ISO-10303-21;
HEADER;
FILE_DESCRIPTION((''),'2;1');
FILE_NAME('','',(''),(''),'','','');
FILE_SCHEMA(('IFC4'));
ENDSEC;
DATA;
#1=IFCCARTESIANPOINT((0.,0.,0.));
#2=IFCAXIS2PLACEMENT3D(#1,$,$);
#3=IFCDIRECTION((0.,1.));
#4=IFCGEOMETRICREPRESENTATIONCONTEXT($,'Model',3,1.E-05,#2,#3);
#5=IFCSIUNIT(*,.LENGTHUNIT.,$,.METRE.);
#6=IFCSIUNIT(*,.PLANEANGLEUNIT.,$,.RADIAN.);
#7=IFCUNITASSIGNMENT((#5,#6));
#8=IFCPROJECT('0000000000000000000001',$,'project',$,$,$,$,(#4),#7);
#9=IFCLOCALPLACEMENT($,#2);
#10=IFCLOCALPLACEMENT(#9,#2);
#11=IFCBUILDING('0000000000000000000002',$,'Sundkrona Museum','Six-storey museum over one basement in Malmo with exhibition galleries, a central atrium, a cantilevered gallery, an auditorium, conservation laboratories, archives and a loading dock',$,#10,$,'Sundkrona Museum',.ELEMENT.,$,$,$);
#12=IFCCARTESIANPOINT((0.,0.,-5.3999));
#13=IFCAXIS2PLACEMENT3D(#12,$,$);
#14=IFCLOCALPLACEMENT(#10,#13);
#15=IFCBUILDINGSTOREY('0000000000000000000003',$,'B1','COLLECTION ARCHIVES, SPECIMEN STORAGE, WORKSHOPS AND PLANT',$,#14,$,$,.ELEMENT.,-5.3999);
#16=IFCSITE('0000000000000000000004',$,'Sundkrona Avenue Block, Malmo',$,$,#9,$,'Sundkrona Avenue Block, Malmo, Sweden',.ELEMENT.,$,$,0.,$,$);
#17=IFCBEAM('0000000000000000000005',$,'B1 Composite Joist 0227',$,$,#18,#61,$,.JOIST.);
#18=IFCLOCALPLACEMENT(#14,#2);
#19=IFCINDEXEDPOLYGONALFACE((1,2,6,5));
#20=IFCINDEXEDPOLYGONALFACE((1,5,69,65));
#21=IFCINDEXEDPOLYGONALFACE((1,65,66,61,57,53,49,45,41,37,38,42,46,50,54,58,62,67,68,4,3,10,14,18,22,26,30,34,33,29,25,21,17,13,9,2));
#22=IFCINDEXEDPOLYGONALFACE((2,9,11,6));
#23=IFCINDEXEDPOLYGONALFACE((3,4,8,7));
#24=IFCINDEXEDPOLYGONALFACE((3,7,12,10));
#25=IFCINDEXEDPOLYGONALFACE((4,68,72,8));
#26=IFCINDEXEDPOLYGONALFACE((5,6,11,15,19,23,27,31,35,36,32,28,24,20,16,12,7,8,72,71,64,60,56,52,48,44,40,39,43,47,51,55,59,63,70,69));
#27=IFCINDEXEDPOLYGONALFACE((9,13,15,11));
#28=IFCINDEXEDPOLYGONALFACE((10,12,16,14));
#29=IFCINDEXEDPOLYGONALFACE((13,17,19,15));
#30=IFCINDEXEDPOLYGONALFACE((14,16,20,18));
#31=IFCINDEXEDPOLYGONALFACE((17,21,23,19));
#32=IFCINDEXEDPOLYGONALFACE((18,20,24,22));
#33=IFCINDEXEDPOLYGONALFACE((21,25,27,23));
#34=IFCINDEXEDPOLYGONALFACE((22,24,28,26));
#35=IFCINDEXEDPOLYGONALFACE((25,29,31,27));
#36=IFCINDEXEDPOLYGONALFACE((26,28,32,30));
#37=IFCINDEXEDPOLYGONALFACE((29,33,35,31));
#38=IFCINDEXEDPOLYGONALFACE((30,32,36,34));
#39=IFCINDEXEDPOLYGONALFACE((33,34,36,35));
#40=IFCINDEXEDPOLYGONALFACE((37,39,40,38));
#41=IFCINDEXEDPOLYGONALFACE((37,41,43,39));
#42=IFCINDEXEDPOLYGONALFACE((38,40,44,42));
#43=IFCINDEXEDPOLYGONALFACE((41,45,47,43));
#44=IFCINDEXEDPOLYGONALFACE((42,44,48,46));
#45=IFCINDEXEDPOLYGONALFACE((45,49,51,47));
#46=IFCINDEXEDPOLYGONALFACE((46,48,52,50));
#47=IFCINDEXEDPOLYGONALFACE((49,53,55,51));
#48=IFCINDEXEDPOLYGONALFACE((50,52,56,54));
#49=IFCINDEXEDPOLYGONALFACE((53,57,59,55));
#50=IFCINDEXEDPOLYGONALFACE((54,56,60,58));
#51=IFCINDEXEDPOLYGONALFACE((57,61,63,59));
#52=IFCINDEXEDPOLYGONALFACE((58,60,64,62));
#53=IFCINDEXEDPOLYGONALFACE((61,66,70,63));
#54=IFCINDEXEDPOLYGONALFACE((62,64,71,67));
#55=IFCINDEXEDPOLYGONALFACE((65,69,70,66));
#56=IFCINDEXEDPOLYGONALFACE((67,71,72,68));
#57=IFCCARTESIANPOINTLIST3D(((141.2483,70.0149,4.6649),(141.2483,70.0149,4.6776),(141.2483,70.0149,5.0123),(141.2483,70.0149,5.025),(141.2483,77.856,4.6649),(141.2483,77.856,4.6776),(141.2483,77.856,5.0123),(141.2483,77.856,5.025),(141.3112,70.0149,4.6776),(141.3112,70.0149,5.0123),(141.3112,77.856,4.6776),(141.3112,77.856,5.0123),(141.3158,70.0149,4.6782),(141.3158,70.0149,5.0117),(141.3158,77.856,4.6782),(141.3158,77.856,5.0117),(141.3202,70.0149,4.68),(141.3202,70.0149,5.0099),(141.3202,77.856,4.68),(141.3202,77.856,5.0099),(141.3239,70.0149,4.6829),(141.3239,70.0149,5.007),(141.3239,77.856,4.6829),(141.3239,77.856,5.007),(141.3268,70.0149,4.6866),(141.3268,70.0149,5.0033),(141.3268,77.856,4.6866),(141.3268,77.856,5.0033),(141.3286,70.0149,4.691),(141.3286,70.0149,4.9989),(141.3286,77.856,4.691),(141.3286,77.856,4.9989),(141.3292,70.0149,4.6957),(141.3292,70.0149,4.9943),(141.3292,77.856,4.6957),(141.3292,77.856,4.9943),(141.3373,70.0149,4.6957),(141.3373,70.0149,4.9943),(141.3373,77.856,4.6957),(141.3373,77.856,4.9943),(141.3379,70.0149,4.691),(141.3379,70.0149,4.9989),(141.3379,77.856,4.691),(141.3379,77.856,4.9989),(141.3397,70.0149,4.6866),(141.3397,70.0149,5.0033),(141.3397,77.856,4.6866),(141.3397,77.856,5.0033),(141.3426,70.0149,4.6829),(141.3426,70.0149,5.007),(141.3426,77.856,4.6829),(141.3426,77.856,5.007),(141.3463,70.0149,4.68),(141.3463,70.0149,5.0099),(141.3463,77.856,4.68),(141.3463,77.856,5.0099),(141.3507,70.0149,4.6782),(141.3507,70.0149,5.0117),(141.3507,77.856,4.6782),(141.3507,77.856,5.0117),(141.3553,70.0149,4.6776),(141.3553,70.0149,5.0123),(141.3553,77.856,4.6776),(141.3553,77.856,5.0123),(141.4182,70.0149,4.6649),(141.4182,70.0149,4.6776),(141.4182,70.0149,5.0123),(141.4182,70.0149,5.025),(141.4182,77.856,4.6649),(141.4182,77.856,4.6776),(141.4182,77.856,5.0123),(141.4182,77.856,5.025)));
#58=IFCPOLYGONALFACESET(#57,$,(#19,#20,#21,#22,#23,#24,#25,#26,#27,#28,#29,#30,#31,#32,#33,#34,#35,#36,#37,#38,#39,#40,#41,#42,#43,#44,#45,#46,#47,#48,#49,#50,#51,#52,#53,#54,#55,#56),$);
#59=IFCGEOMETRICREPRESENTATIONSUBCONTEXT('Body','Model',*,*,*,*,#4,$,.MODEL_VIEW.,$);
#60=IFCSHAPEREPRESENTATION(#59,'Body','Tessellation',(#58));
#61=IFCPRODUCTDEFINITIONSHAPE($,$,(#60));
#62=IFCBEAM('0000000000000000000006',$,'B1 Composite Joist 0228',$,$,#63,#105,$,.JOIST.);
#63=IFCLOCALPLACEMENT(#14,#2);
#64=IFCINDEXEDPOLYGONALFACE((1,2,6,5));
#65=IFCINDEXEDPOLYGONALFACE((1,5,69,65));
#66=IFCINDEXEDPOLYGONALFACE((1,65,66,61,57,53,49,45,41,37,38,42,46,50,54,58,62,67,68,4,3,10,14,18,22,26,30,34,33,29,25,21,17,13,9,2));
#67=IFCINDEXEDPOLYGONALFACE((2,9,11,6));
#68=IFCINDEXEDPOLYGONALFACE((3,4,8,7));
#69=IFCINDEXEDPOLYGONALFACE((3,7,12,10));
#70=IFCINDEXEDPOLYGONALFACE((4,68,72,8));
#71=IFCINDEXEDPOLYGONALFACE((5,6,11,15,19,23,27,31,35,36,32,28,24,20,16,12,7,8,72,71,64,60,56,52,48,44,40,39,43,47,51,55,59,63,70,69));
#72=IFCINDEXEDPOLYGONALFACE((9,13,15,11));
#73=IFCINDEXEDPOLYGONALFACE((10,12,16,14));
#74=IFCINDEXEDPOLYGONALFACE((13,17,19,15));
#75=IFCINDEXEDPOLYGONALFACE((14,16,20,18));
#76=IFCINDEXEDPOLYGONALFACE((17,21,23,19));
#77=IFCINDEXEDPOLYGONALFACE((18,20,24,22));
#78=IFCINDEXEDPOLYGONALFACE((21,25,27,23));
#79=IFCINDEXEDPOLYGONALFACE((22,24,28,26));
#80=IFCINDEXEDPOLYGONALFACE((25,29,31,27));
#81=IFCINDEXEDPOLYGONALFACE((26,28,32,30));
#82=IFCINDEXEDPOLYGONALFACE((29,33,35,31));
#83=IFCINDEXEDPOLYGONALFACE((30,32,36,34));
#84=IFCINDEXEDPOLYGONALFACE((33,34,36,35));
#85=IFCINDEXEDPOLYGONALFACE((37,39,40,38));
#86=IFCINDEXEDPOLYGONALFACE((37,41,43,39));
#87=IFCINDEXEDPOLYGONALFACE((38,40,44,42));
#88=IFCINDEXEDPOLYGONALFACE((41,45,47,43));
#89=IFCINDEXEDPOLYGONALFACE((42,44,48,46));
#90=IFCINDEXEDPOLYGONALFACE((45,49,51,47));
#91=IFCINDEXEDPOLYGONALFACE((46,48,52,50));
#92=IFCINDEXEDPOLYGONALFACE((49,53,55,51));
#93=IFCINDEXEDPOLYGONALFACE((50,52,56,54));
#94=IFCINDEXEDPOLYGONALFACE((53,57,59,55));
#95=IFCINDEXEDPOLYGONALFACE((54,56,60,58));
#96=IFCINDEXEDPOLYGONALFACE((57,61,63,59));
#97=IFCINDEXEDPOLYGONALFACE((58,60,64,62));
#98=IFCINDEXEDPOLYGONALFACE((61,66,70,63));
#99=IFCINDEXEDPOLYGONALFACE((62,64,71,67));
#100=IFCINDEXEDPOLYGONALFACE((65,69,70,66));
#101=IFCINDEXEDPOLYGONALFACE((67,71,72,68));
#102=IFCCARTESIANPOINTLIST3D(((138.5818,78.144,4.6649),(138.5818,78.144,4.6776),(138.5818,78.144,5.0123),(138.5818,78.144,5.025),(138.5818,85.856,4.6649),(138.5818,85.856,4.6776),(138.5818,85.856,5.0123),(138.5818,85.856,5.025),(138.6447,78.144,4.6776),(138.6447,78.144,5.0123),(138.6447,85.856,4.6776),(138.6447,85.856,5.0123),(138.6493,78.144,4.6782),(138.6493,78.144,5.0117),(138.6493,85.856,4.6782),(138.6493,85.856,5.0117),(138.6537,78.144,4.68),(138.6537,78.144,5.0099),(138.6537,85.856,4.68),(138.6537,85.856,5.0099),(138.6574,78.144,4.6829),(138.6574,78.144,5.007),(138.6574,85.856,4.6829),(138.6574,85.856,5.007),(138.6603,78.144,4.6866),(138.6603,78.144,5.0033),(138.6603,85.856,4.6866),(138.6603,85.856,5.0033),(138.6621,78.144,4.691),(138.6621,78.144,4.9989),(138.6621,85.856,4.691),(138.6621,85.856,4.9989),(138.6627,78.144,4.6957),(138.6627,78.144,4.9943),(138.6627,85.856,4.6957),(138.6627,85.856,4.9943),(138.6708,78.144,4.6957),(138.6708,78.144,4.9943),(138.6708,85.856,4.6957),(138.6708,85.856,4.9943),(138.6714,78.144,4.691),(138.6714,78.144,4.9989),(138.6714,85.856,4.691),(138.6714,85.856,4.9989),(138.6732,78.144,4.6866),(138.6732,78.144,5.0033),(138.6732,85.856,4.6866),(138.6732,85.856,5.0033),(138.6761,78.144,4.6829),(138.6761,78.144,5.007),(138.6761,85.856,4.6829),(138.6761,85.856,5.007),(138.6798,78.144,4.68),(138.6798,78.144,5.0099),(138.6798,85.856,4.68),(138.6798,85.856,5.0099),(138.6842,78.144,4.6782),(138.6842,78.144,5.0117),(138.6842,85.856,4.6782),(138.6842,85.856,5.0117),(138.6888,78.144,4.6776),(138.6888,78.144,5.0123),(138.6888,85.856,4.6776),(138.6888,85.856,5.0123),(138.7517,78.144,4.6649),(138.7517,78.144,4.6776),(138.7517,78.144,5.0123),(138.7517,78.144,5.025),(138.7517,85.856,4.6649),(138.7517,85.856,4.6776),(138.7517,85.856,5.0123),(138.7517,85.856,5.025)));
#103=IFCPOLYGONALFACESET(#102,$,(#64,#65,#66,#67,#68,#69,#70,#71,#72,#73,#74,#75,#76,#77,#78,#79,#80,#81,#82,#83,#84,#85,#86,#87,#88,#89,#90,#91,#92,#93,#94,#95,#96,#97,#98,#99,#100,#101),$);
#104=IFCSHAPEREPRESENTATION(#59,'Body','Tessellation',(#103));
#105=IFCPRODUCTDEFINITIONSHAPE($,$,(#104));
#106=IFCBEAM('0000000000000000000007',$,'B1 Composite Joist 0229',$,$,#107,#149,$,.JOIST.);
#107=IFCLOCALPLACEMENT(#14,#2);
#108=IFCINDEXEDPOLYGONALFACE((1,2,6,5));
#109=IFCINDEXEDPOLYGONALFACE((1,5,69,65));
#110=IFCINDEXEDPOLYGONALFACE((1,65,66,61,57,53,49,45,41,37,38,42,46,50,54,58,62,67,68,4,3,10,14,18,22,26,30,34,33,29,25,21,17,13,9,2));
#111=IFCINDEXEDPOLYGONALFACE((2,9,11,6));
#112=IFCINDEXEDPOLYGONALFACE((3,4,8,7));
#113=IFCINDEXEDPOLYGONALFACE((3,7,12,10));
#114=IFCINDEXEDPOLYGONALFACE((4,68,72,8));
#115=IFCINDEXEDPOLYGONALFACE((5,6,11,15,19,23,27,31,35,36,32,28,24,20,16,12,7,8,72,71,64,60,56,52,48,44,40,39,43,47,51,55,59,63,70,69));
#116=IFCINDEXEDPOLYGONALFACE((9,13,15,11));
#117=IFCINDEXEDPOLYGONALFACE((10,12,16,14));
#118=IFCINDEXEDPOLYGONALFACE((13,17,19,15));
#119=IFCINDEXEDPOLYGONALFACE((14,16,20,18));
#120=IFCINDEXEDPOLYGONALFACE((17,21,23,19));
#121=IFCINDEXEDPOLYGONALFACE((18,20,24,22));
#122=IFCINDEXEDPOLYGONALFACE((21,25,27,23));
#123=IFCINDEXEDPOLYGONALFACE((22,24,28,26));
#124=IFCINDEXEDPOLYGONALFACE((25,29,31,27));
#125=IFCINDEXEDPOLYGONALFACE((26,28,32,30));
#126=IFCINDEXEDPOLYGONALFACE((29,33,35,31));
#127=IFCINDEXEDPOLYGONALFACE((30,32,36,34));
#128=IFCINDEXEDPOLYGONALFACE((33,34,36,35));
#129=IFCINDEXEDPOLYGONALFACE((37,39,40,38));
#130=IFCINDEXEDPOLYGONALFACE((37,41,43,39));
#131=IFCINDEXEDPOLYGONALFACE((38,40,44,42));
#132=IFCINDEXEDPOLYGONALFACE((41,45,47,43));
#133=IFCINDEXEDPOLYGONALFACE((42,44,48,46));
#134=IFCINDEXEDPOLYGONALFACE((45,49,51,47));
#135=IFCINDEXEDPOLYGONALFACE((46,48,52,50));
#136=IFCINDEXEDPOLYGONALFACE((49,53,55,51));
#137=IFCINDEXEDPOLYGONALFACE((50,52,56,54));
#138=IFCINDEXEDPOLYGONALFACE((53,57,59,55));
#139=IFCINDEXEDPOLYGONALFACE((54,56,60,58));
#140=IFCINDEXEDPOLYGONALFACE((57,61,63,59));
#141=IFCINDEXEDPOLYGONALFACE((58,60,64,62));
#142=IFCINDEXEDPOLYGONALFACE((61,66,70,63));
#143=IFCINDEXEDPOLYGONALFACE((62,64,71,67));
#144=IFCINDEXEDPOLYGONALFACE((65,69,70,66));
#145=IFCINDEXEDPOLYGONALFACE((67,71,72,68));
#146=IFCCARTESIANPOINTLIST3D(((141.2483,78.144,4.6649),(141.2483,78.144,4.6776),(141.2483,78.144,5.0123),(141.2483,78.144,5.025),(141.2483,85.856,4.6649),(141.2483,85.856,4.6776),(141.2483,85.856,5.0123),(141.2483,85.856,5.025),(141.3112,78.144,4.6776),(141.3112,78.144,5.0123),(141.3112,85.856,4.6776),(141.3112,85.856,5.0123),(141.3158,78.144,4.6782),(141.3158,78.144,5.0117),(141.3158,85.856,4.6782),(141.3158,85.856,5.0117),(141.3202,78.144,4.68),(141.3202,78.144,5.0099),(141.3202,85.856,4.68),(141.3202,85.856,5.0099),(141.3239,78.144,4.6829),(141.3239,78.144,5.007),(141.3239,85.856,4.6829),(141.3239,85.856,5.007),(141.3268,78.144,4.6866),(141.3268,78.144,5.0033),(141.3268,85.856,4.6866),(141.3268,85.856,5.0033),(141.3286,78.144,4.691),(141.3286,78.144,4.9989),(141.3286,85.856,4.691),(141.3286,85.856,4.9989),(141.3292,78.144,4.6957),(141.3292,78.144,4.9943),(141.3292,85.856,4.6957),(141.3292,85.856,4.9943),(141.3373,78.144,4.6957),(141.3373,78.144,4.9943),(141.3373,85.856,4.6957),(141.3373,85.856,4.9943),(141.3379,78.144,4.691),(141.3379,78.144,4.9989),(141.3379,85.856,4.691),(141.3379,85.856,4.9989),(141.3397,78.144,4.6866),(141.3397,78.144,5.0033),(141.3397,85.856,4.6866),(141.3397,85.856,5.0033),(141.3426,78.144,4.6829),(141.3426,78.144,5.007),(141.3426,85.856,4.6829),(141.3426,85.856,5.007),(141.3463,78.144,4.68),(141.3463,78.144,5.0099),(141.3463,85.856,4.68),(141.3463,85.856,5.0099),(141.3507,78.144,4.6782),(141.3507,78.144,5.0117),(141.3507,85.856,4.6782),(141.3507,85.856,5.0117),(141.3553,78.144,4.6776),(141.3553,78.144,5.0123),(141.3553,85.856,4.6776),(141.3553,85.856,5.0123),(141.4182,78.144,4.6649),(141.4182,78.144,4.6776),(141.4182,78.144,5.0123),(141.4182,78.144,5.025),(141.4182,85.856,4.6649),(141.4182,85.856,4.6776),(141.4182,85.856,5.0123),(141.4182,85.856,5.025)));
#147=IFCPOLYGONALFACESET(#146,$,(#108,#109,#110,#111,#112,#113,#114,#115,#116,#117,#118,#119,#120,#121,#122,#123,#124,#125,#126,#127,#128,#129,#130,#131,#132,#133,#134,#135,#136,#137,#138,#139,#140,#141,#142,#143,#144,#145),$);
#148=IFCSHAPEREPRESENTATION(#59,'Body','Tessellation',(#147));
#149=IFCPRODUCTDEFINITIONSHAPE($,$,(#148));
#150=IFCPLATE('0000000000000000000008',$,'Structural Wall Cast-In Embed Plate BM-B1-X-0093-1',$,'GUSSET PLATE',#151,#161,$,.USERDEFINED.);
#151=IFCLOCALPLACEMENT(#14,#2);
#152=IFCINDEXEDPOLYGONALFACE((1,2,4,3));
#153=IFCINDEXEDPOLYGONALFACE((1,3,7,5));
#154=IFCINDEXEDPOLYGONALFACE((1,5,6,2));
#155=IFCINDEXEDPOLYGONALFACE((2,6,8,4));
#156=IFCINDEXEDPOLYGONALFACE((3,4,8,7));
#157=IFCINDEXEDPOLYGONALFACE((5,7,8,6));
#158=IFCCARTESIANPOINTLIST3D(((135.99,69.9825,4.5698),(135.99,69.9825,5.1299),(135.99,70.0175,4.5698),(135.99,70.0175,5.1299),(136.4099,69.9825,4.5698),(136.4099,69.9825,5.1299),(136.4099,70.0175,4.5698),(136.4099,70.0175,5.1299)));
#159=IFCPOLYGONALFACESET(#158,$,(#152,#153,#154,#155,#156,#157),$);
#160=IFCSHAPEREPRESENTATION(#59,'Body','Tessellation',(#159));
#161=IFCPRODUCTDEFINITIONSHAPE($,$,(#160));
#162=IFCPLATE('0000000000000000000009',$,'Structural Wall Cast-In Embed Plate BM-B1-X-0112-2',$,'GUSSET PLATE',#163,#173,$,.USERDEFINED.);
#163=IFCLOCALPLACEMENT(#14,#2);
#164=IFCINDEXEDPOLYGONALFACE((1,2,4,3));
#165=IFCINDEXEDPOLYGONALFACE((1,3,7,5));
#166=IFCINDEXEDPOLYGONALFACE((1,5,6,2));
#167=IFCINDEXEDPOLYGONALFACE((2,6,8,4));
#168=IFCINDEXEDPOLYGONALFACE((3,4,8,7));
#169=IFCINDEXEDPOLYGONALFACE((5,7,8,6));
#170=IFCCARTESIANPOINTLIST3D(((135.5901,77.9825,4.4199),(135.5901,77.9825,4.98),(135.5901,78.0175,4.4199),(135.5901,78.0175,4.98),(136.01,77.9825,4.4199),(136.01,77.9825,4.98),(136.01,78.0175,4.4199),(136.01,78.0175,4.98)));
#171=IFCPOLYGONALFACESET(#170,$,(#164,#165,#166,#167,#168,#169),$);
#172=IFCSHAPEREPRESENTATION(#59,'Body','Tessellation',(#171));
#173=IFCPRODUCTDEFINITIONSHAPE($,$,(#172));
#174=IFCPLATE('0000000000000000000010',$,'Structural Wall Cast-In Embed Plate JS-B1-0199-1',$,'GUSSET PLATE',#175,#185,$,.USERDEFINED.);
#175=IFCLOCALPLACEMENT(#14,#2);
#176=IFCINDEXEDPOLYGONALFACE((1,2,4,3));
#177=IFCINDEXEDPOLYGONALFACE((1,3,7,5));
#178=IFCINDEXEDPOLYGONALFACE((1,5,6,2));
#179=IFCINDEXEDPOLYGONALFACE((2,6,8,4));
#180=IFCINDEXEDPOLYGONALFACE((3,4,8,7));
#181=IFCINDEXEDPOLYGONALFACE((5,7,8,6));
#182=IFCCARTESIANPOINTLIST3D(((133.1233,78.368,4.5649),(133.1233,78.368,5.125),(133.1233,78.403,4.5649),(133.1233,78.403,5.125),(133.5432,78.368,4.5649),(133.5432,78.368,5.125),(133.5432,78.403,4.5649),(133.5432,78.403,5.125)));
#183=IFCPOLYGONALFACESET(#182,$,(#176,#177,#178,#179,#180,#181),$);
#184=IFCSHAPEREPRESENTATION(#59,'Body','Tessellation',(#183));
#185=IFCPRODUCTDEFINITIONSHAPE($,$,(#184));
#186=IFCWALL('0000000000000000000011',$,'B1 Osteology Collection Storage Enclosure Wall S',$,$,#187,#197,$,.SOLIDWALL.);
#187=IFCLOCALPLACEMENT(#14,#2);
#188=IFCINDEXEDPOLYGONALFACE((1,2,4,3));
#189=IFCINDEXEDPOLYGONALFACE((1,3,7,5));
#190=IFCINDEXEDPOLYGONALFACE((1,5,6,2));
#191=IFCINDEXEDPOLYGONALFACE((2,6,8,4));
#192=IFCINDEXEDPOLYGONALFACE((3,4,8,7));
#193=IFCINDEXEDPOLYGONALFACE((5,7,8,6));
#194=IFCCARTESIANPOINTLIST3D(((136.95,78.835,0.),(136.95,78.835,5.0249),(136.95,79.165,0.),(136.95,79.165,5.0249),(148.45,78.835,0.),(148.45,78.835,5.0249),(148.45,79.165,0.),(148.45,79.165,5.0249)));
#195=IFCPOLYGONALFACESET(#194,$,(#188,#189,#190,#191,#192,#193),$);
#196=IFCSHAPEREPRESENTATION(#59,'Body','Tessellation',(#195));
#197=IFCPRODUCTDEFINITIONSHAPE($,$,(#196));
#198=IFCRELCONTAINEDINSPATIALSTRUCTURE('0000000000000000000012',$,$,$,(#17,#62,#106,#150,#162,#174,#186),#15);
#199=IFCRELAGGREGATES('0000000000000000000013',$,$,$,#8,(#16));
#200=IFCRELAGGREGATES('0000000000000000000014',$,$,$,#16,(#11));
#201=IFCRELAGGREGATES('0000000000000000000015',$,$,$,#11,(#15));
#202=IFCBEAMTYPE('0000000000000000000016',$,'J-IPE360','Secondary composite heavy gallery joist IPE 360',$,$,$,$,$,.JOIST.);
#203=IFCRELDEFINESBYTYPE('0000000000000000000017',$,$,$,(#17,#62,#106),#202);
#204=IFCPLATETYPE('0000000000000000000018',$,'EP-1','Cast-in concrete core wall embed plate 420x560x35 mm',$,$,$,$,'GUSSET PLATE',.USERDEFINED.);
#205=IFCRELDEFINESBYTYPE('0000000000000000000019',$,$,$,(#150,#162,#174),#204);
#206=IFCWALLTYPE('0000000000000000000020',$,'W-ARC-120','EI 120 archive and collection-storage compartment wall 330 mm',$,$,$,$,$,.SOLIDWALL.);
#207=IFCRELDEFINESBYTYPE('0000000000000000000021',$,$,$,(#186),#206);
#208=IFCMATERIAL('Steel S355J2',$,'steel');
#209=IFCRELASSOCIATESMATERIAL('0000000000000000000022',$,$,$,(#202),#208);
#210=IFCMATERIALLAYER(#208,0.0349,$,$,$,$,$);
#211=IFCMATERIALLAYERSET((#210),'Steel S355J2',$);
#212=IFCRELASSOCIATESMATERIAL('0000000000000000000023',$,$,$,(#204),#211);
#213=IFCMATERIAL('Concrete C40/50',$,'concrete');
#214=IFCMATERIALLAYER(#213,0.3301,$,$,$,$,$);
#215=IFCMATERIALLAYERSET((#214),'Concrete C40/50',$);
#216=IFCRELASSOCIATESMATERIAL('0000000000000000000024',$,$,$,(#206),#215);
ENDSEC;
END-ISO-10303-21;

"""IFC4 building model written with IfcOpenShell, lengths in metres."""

from ifc_helpers import new_model, si_unit, direction, frame, frame_2d, origin, origin_2d, place, context, subcontext, project, spatial, rectangle, i_section, extrude, material, layer, layer_set, material_profile, profile_set, type_object, element, save


model = new_model("IFC4")

# Units and contexts
model_context = context("Model", 3, precision=1e-05, world=origin(), true_north=direction((0.0, 1.0)))
body_context = subcontext(model_context, "Body", "Model", "MODEL_VIEW")
ifc_project = project(units=[si_unit("LENGTHUNIT", "METRE"), si_unit("PLANEANGLEUNIT", "RADIAN")], contexts=[model_context])

# Site, building, storey
site_placement = place(None, origin())
site = spatial("IfcSite", under=ifc_project, at=site_placement, Name="Sundkrona Avenue Block, Malmo", LongName="Sundkrona Avenue Block, Malmo, Sweden", CompositionType="ELEMENT", RefElevation=0.0)
building_placement = place(site_placement, origin())
building = spatial("IfcBuilding", under=site, at=building_placement, Name="Sundkrona Museum", Description="Six-storey museum over one basement in Malmo with exhibition galleries, a central atrium, a cantilevered gallery, an auditorium, conservation laboratories, archives and a loading dock", LongName="Sundkrona Museum", CompositionType="ELEMENT")
storey_placement = place(building_placement, frame((0.0, 0.0, -5.3999)))
storey = spatial("IfcBuildingStorey", under=building, at=storey_placement, Name="B1", Description="COLLECTION ARCHIVES, SPECIMEN STORAGE, WORKSHOPS AND PLANT", CompositionType="ELEMENT", Elevation=-5.3999)

# Shared definitions
ifc_material_1 = material(Name="Concrete C40/50", Category="concrete")

# Beams
ifc_material_2 = material(Name="Steel S355J2", Category="steel")
ifc_material_profile_1 = material_profile(ifc_material_2, i_section(OverallWidth=0.1699, OverallDepth=0.3601, WebThickness=0.0081, FlangeThickness=0.0127, FilletRadius=0.0181, at=origin_2d()), Name="IPE 360")
ifc_profile_set_1 = profile_set([ifc_material_profile_1], Name="Steel S355J2")
beam_type_1 = type_object("IfcBeamType", Name="J-IPE360", Description="Secondary composite heavy gallery joist IPE 360", PredefinedType="JOIST", material=ifc_profile_set_1)
for number, where, z_axis, x_axis, name in (
    (1, (141.3333, 70.0149, 4.845), (0.0, 1.0, 0.0), (-1.0, 0.0, 0.0), "B1 Composite Joist 0227"),
):
    element("IfcBeam", number, at=place(storey_placement, frame(where, z_axis=z_axis, x_axis=x_axis)), inside=storey, type_object=beam_type_1, Name=name, PredefinedType="JOIST", context=body_context, shape_type="SweptSolid", body=[
        extrude(i_section(OverallWidth=0.1699, OverallDepth=0.3601, WebThickness=0.0081, FlangeThickness=0.0127, FilletRadius=0.0181, at=origin_2d()), origin(), (0.0, 0.0, 1.0), 7.8411),
    ])
for number, where, z_axis, x_axis, name in (
    (2, (138.6667, 78.144, 4.845), (0.0, 1.0, 0.0), (-1.0, 0.0, 0.0), "B1 Composite Joist 0228"),
    (3, (141.3333, 78.144, 4.845), (0.0, 1.0, 0.0), (-1.0, 0.0, 0.0), "B1 Composite Joist 0229"),
):
    element("IfcBeam", number, at=place(storey_placement, frame(where, z_axis=z_axis, x_axis=x_axis)), inside=storey, type_object=beam_type_1, Name=name, PredefinedType="JOIST", context=body_context, shape_type="SweptSolid", body=[
        extrude(i_section(OverallWidth=0.1699, OverallDepth=0.3601, WebThickness=0.0081, FlangeThickness=0.0127, FilletRadius=0.0181, at=origin_2d()), origin(), (0.0, 0.0, 1.0), 7.7119),
    ])

# Plates
ifc_layer_1 = layer(ifc_material_2, 0.0349)
ifc_layer_set_1 = layer_set([ifc_layer_1], Name="Steel S355J2")
plate_type = type_object("IfcPlateType", Name="EP-1", Description="Cast-in concrete core wall embed plate 420x560x35 mm", ElementType="GUSSET PLATE", PredefinedType="USERDEFINED", material=ifc_layer_set_1)
for number, where, z_axis, x_axis, name in (
    (4, (136.2, 70.0, 4.5698), (0.0, 0.0, 1.0), (1.0, 0.0, 0.0), "Structural Wall Cast-In Embed Plate BM-B1-X-0093-1"),
    (5, (135.8, 78.0, 4.4199), (0.0, 0.0, 1.0), (1.0, 0.0, 0.0), "Structural Wall Cast-In Embed Plate BM-B1-X-0112-2"),
    (6, (133.3333, 78.3855, 4.5649), (0.0, 0.0, 1.0), (1.0, 0.0, 0.0), "Structural Wall Cast-In Embed Plate JS-B1-0199-1"),
):
    element("IfcPlate", number, at=place(storey_placement, frame(where, z_axis=z_axis, x_axis=x_axis)), inside=storey, type_object=plate_type, Name=name, ObjectType="GUSSET PLATE", PredefinedType="USERDEFINED", context=body_context, shape_type="SweptSolid", body=[
        extrude(rectangle(XDim=0.4199, YDim=0.0349, at=origin_2d()), origin(), (0.0, 0.0, 1.0), 0.5601),
    ])

# Wall
ifc_layer_2 = layer(ifc_material_1, 0.3301)
ifc_layer_set_2 = layer_set([ifc_layer_2], Name="Concrete C40/50")
wall_type = type_object("IfcWallType", Name="W-ARC-120", Description="EI 120 archive and collection-storage compartment wall 330 mm", PredefinedType="SOLIDWALL", material=ifc_layer_set_2)
wall_placement = place(storey_placement, frame((136.95, 79.0, 0.0), z_axis=(0.0, 0.0, 1.0), x_axis=(1.0, 0.0, 0.0)))
element("IfcWall", 7, at=wall_placement, inside=storey, type_object=wall_type, Name="B1 Osteology Collection Storage Enclosure Wall S", PredefinedType="SOLIDWALL", context=body_context, shape_type="SweptSolid", body=[
    extrude(rectangle(XDim=11.5, YDim=0.3301, at=frame_2d((5.75, 0.0))), origin(), (0.0, 0.0, 1.0), 5.0249),
])

save(model, "model.ifc")
